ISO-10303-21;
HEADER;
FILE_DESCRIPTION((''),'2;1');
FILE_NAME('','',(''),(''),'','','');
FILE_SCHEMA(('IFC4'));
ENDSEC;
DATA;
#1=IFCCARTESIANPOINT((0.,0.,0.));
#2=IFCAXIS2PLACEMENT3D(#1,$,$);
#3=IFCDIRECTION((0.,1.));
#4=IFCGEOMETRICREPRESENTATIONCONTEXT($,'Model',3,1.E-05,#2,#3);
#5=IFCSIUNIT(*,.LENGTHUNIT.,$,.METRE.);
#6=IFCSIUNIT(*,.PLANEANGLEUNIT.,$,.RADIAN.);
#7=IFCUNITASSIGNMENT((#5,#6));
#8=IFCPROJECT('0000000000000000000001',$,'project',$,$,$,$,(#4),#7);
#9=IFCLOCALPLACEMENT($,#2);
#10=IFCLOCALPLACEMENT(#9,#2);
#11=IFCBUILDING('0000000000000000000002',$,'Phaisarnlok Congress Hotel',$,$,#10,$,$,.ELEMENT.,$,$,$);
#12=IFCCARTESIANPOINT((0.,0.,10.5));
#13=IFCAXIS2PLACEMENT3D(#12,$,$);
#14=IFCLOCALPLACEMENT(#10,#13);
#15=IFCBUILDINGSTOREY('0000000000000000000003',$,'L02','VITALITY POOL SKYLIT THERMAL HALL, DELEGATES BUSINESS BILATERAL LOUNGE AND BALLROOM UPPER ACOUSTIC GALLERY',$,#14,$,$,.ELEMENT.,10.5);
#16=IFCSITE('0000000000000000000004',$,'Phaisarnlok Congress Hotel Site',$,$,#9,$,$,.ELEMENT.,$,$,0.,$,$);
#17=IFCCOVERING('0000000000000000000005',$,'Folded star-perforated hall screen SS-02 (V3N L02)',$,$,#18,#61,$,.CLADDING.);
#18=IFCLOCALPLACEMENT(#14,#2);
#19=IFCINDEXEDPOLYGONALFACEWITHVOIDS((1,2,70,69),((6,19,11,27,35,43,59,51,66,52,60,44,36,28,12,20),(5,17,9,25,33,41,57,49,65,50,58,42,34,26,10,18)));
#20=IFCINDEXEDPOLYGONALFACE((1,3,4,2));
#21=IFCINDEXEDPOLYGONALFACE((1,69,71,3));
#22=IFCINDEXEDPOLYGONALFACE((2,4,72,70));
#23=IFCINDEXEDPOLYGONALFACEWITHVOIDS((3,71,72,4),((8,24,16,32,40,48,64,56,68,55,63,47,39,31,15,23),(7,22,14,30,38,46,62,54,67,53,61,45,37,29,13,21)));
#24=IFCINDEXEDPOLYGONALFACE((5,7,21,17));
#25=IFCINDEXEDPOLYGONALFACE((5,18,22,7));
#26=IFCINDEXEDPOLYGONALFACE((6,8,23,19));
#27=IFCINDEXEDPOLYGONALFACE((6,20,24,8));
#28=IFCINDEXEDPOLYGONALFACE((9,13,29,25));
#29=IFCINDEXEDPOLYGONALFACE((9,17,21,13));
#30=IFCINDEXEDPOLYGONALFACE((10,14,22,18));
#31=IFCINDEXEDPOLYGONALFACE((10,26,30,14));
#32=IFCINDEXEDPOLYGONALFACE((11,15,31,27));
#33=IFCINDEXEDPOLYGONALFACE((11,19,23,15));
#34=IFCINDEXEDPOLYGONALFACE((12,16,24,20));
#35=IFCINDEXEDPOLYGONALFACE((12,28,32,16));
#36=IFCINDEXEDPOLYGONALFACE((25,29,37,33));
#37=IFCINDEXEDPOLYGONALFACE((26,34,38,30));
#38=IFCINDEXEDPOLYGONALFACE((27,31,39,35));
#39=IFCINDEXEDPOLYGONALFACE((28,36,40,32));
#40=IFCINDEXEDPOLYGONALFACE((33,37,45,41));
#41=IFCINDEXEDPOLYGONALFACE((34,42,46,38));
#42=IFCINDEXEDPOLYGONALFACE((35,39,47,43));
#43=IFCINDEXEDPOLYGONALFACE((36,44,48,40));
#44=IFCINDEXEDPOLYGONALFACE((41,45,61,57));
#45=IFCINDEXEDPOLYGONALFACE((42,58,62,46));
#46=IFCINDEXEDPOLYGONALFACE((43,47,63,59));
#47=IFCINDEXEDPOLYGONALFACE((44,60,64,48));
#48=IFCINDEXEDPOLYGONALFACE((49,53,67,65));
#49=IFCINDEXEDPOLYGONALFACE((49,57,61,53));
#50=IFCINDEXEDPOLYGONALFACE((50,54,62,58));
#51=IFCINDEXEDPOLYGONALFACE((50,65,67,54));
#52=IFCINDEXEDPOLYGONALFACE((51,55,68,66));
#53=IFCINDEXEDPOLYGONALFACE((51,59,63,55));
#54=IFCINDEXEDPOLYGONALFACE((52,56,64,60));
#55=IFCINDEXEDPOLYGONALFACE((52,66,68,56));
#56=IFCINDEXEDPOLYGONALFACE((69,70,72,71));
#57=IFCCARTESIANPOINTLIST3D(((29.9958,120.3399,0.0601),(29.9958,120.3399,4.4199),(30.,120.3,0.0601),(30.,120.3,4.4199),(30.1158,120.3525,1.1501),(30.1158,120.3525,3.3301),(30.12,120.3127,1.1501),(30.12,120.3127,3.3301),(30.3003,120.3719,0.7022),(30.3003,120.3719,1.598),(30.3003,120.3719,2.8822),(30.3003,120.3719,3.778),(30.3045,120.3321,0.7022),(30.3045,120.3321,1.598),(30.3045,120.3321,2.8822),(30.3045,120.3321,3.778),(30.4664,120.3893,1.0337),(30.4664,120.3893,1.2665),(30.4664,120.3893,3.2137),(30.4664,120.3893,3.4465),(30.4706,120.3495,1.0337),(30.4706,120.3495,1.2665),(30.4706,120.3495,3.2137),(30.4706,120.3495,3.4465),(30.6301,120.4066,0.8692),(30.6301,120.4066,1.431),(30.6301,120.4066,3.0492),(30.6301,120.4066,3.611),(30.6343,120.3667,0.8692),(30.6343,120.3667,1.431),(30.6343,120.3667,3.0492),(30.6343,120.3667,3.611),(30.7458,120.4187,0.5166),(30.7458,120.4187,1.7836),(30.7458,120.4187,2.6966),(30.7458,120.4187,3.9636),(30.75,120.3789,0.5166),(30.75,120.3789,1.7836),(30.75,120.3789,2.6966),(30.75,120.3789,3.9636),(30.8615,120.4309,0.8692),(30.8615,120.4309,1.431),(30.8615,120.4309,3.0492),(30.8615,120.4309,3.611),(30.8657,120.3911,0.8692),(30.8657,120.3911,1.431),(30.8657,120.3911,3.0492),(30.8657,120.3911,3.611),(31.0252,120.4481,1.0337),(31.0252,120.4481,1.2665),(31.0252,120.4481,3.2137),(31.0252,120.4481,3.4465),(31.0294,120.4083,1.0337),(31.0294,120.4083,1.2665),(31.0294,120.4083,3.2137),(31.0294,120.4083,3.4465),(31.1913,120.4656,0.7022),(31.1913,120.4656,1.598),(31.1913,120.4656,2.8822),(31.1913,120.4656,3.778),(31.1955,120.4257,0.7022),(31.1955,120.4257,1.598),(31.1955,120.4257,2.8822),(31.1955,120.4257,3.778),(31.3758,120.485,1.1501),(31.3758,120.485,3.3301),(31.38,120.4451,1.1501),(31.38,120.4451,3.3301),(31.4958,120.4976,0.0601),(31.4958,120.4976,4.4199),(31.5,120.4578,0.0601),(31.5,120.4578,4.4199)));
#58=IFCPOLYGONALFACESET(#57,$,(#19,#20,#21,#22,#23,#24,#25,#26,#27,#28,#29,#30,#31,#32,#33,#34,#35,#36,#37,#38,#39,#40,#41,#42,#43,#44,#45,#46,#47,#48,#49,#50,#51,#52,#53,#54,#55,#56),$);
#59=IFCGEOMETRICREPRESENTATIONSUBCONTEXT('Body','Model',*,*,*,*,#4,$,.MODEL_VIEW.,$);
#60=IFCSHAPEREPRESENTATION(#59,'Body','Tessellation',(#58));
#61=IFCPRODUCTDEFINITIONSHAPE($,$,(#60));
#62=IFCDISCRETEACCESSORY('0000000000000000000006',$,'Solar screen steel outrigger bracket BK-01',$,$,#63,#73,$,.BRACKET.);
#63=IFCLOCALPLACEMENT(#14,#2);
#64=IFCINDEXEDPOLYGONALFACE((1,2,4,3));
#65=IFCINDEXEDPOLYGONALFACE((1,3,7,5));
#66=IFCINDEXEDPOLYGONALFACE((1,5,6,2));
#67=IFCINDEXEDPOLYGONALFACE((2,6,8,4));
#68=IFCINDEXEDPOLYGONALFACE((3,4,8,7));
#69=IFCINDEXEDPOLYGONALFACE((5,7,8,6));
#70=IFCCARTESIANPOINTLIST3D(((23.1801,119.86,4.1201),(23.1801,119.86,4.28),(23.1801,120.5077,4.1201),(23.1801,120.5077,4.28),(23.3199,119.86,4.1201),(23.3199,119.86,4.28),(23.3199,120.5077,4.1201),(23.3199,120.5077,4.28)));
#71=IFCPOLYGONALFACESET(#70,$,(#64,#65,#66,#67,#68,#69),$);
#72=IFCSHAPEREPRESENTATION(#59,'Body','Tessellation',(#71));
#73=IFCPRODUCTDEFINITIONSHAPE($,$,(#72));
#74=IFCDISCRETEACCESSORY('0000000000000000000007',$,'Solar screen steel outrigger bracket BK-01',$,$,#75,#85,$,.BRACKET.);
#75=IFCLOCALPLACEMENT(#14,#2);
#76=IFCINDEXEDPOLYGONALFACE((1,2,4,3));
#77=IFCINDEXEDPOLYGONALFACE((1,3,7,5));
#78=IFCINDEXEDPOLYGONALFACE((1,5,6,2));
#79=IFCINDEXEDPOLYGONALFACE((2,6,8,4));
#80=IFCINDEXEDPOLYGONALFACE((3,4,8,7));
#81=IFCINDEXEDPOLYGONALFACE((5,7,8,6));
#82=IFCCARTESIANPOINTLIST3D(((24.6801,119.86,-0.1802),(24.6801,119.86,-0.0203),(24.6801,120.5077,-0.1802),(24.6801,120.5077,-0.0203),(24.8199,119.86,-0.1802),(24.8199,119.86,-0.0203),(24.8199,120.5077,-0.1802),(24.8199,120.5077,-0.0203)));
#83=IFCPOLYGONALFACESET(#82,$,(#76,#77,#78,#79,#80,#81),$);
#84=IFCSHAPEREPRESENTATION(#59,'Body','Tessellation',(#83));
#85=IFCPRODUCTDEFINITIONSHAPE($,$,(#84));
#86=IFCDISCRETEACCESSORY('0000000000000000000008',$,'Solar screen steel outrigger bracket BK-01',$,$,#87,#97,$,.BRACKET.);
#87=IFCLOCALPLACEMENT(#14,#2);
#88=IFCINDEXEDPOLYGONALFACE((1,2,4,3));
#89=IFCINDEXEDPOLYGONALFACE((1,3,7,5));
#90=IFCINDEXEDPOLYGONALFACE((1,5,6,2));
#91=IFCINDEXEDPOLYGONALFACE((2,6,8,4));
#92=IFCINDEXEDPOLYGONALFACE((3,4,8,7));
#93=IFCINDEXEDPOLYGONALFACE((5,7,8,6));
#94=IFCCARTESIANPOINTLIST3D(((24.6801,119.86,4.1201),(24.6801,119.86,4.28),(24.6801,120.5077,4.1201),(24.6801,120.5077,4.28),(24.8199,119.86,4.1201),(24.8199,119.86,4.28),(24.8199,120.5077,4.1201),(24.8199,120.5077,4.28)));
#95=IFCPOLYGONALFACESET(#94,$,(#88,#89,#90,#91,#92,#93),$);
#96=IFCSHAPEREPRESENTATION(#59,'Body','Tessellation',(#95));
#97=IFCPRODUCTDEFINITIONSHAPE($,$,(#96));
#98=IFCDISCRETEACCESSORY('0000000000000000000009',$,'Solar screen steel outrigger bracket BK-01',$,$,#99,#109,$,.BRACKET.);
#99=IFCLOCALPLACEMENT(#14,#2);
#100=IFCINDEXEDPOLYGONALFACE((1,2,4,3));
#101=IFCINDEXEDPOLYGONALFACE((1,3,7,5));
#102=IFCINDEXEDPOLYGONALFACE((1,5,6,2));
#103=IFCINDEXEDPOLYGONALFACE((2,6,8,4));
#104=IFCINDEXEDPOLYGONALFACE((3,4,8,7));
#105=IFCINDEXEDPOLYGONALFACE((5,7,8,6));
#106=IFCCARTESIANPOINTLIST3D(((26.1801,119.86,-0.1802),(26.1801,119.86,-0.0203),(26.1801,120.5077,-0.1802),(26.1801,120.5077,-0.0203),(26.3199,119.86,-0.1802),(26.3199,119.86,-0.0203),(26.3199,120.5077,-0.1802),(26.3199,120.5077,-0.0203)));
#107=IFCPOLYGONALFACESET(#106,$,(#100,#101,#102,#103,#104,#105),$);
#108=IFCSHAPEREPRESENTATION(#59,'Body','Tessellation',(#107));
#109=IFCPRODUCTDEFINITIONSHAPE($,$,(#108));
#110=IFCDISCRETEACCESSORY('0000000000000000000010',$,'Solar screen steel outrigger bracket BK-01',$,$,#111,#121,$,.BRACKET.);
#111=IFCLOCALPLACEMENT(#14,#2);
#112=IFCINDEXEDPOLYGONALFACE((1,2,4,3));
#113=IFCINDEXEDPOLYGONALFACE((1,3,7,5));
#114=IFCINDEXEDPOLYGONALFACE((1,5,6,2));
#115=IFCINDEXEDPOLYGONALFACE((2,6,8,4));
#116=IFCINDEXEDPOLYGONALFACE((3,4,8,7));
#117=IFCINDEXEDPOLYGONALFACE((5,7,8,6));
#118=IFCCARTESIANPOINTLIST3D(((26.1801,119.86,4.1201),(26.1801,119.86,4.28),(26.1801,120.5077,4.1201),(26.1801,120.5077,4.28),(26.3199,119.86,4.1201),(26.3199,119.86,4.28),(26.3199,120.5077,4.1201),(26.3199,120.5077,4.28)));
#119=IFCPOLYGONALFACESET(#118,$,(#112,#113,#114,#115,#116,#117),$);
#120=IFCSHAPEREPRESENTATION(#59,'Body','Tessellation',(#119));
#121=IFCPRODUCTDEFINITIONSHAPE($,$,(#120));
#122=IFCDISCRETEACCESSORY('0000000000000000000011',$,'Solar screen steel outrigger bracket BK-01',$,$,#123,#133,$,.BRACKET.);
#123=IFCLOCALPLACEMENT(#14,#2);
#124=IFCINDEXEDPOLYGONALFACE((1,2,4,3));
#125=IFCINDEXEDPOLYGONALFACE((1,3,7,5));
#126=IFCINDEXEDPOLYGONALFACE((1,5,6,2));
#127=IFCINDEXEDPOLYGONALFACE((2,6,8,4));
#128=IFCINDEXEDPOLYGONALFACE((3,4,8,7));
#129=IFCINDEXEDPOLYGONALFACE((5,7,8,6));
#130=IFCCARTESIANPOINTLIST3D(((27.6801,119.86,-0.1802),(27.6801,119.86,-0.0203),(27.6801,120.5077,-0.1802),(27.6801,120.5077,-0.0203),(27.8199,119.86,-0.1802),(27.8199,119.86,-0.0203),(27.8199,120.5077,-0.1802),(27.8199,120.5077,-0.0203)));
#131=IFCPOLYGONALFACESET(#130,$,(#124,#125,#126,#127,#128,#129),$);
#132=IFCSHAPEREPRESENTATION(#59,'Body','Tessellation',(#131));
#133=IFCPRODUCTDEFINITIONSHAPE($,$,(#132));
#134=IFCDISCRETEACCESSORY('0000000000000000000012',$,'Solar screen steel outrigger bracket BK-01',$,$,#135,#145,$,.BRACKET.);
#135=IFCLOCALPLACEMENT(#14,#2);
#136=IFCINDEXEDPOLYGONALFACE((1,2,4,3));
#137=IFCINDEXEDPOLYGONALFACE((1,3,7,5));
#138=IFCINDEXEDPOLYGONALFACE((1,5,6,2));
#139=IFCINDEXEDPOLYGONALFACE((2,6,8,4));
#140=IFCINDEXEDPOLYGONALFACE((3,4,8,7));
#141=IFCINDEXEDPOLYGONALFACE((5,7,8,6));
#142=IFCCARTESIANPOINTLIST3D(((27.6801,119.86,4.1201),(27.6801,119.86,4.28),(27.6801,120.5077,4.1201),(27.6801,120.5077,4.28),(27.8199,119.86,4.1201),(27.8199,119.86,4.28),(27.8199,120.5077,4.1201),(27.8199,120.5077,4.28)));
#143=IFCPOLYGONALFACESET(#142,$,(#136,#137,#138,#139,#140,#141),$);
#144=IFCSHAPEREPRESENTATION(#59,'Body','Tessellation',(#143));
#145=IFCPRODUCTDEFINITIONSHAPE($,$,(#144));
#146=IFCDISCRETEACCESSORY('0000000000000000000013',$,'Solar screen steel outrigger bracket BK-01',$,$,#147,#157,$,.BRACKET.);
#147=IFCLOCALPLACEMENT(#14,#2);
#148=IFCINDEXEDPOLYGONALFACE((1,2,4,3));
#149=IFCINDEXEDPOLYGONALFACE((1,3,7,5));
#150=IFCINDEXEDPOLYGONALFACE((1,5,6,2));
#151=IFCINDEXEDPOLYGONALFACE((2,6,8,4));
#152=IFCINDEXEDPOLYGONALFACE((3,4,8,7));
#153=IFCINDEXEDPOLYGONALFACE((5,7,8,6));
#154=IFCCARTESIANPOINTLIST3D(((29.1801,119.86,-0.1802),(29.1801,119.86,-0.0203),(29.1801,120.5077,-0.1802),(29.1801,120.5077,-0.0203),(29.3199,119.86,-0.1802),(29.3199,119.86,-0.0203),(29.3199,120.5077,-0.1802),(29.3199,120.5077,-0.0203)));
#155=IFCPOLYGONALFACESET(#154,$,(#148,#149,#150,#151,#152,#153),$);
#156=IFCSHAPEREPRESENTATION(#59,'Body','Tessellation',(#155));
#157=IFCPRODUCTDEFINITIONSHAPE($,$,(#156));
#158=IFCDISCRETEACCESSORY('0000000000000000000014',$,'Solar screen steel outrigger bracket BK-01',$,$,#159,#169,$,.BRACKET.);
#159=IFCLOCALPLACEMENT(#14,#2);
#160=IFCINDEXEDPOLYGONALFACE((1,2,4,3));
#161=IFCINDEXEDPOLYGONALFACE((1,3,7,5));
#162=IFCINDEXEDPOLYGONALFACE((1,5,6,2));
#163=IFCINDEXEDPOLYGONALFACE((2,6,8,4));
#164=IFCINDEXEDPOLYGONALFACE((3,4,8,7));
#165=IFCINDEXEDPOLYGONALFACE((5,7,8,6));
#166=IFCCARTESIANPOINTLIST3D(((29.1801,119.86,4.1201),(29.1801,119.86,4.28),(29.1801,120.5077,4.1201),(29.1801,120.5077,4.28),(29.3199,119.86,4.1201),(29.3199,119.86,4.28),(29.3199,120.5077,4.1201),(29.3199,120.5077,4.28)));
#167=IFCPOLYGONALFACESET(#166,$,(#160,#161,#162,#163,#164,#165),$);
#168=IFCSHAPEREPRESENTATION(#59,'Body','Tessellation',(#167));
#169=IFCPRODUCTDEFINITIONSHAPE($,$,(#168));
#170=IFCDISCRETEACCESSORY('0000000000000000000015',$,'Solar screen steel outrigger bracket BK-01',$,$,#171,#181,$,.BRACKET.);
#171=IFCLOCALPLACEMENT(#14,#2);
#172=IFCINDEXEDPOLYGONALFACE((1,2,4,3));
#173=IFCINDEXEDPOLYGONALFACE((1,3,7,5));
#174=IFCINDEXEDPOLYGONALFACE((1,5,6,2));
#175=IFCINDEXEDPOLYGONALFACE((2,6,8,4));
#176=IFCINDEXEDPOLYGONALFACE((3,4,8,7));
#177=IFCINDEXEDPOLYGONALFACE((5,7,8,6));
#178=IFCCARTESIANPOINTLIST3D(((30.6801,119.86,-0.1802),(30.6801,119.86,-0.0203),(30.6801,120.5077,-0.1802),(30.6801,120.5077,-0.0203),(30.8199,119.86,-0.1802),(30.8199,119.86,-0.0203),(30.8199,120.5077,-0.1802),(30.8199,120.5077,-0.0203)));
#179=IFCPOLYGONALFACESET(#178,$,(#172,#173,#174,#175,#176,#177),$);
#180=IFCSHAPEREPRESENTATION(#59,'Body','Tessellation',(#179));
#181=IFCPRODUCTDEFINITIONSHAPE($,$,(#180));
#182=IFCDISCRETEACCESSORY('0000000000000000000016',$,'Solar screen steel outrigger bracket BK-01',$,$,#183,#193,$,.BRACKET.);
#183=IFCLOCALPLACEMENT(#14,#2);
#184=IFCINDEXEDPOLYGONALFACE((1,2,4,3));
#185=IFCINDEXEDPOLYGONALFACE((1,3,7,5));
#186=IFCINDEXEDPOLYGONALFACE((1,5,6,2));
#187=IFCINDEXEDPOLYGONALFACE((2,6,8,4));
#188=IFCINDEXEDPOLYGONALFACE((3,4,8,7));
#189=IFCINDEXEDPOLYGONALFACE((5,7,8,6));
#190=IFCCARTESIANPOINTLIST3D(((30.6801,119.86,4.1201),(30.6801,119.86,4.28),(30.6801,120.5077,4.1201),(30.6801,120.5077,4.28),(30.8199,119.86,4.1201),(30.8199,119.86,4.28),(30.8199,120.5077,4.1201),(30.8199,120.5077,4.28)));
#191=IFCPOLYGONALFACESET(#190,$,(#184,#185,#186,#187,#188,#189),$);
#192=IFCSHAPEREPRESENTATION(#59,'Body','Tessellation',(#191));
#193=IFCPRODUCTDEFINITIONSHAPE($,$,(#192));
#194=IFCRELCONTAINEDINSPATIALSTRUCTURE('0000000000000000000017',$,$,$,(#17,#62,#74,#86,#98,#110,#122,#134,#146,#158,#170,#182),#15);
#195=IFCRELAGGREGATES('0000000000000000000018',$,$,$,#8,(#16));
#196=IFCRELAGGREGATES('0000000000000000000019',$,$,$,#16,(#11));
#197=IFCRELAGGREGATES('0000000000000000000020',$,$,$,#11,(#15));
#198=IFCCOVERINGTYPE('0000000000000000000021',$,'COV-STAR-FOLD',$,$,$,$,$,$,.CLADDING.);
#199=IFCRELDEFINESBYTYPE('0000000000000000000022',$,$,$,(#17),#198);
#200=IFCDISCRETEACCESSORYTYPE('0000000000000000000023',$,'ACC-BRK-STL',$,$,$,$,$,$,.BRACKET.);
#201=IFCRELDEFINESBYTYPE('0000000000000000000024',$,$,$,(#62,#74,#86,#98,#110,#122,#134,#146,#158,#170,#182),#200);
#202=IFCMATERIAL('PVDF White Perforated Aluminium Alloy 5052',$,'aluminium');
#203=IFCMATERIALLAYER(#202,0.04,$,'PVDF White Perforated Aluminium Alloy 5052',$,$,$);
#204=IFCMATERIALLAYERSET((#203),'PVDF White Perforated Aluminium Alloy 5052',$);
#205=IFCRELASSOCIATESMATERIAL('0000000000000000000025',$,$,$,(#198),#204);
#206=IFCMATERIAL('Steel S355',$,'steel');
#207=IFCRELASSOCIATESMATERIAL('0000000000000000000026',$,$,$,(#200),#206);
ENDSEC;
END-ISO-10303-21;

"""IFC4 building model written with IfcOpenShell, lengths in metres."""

from ifc_helpers import new_model, si_unit, direction, frame, origin, origin_2d, place, context, subcontext, project, spatial, polyline, rectangle, outline, extrude, material, layer, layer_set, type_object, element, save


model = new_model("IFC4")

# Units and contexts
model_context = context("Model", 3, precision=1e-05, world=origin(), true_north=direction((0.0, 1.0)))
body_context = subcontext(model_context, "Body", "Model", "MODEL_VIEW")
ifc_project = project(units=[si_unit("LENGTHUNIT", "METRE"), si_unit("PLANEANGLEUNIT", "RADIAN")], contexts=[model_context])

# Site, building, storey
site_placement = place(None, origin())
site = spatial("IfcSite", under=ifc_project, at=site_placement, Name="Phaisarnlok Congress Hotel Site", CompositionType="ELEMENT", RefElevation=0.0)
building_placement = place(site_placement, origin())
building = spatial("IfcBuilding", under=site, at=building_placement, Name="Phaisarnlok Congress Hotel", CompositionType="ELEMENT")
storey_placement = place(building_placement, frame((0.0, 0.0, 10.5)))
storey = spatial("IfcBuildingStorey", under=building, at=storey_placement, Name="L02", Description="VITALITY POOL SKYLIT THERMAL HALL, DELEGATES BUSINESS BILATERAL LOUNGE AND BALLROOM UPPER ACOUSTIC GALLERY", CompositionType="ELEMENT", Elevation=10.5)

# Covering
ifc_material_1 = material(Name="PVDF White Perforated Aluminium Alloy 5052", Category="aluminium")
ifc_layer_1 = layer(ifc_material_1, 0.04, Name="PVDF White Perforated Aluminium Alloy 5052")
ifc_layer_set_1 = layer_set([ifc_layer_1], Name="PVDF White Perforated Aluminium Alloy 5052")
covering_type = type_object("IfcCoveringType", Name="COV-STAR-FOLD", PredefinedType="CLADDING", material=ifc_layer_set_1)
for number, where, z_axis, x_axis, name in (
    (1, (31.5, 120.4578, 0.0601), (-0.104567, 0.994518, 0.0), (-0.994518, -0.104567, 0.0), "Folded star-perforated hall screen SS-02 (V3N L02)"),
):
    element("IfcCovering", number, at=place(storey_placement, frame(where, z_axis=z_axis, x_axis=x_axis)), inside=storey, type_object=covering_type, Name=name, PredefinedType="CLADDING", context=body_context, shape_type="SweptSolid", body=[
        extrude(outline(polyline([(0.0, 0.0), (1.5083, 0.0), (1.5083, 4.3599), (0.0, 4.3599), (0.0, 0.0)]), holes=[polyline([(1.0351, 0.9736), (1.2021, 0.6421), (0.8705, 0.8091), (0.7541, 0.4565), (0.6378, 0.8091), (0.3062, 0.6421), (0.4732, 0.9736), (0.1207, 1.09), (0.4732, 1.2064), (0.3062, 1.5379), (0.6378, 1.3709), (0.7541, 1.7235), (0.8705, 1.3709), (1.2021, 1.5379), (1.0351, 1.2064), (1.3876, 1.09), (1.0351, 0.9736)]), polyline([(1.0351, 3.1536), (1.2021, 2.8221), (0.8705, 2.9891), (0.7541, 2.6365), (0.6378, 2.9891), (0.3062, 2.8221), (0.4732, 3.1536), (0.1207, 3.27), (0.4732, 3.3864), (0.3062, 3.7179), (0.6378, 3.5509), (0.7541, 3.9035), (0.8705, 3.5509), (1.2021, 3.7179), (1.0351, 3.3864), (1.3876, 3.27), (1.0351, 3.1536)])]), origin(), (0.0, 0.0, 1.0), 0.04),
    ])

# Discrete accessories
ifc_material_2 = material(Name="Steel S355", Category="steel")
discrete_accessory_type = type_object("IfcDiscreteAccessoryType", Name="ACC-BRK-STL", PredefinedType="BRACKET", material=ifc_material_2)
for number, where, z_axis, x_axis, name in (
    (2, (23.25, 120.1838, 4.1201), (0.0, 0.0, 1.0), (1.0, 0.0, 0.0), "Solar screen steel outrigger bracket BK-01"),
    (3, (24.75, 120.1838, -0.1802), (0.0, 0.0, 1.0), (1.0, 0.0, 0.0), "Solar screen steel outrigger bracket BK-01"),
    (4, (24.75, 120.1838, 4.1201), (0.0, 0.0, 1.0), (1.0, 0.0, 0.0), "Solar screen steel outrigger bracket BK-01"),
    (5, (26.25, 120.1838, -0.1802), (0.0, 0.0, 1.0), (1.0, 0.0, 0.0), "Solar screen steel outrigger bracket BK-01"),
    (6, (26.25, 120.1838, 4.1201), (0.0, 0.0, 1.0), (1.0, 0.0, 0.0), "Solar screen steel outrigger bracket BK-01"),
    (7, (27.75, 120.1838, -0.1802), (0.0, 0.0, 1.0), (1.0, 0.0, 0.0), "Solar screen steel outrigger bracket BK-01"),
    (8, (27.75, 120.1838, 4.1201), (0.0, 0.0, 1.0), (1.0, 0.0, 0.0), "Solar screen steel outrigger bracket BK-01"),
    (9, (29.25, 120.1838, -0.1802), (0.0, 0.0, 1.0), (1.0, 0.0, 0.0), "Solar screen steel outrigger bracket BK-01"),
    (10, (29.25, 120.1838, 4.1201), (0.0, 0.0, 1.0), (1.0, 0.0, 0.0), "Solar screen steel outrigger bracket BK-01"),
    (11, (30.75, 120.1838, -0.1802), (0.0, 0.0, 1.0), (1.0, 0.0, 0.0), "Solar screen steel outrigger bracket BK-01"),
    (12, (30.75, 120.1838, 4.1201), (0.0, 0.0, 1.0), (1.0, 0.0, 0.0), "Solar screen steel outrigger bracket BK-01"),
):
    element("IfcDiscreteAccessory", number, at=place(storey_placement, frame(where, z_axis=z_axis, x_axis=x_axis)), inside=storey, type_object=discrete_accessory_type, Name=name, PredefinedType="BRACKET", context=body_context, shape_type="SweptSolid", body=[
        extrude(rectangle(XDim=0.1399, YDim=0.6477, at=origin_2d()), origin(), (0.0, 0.0, 1.0), 0.1599),
    ])

save(model, "model.ifc")
